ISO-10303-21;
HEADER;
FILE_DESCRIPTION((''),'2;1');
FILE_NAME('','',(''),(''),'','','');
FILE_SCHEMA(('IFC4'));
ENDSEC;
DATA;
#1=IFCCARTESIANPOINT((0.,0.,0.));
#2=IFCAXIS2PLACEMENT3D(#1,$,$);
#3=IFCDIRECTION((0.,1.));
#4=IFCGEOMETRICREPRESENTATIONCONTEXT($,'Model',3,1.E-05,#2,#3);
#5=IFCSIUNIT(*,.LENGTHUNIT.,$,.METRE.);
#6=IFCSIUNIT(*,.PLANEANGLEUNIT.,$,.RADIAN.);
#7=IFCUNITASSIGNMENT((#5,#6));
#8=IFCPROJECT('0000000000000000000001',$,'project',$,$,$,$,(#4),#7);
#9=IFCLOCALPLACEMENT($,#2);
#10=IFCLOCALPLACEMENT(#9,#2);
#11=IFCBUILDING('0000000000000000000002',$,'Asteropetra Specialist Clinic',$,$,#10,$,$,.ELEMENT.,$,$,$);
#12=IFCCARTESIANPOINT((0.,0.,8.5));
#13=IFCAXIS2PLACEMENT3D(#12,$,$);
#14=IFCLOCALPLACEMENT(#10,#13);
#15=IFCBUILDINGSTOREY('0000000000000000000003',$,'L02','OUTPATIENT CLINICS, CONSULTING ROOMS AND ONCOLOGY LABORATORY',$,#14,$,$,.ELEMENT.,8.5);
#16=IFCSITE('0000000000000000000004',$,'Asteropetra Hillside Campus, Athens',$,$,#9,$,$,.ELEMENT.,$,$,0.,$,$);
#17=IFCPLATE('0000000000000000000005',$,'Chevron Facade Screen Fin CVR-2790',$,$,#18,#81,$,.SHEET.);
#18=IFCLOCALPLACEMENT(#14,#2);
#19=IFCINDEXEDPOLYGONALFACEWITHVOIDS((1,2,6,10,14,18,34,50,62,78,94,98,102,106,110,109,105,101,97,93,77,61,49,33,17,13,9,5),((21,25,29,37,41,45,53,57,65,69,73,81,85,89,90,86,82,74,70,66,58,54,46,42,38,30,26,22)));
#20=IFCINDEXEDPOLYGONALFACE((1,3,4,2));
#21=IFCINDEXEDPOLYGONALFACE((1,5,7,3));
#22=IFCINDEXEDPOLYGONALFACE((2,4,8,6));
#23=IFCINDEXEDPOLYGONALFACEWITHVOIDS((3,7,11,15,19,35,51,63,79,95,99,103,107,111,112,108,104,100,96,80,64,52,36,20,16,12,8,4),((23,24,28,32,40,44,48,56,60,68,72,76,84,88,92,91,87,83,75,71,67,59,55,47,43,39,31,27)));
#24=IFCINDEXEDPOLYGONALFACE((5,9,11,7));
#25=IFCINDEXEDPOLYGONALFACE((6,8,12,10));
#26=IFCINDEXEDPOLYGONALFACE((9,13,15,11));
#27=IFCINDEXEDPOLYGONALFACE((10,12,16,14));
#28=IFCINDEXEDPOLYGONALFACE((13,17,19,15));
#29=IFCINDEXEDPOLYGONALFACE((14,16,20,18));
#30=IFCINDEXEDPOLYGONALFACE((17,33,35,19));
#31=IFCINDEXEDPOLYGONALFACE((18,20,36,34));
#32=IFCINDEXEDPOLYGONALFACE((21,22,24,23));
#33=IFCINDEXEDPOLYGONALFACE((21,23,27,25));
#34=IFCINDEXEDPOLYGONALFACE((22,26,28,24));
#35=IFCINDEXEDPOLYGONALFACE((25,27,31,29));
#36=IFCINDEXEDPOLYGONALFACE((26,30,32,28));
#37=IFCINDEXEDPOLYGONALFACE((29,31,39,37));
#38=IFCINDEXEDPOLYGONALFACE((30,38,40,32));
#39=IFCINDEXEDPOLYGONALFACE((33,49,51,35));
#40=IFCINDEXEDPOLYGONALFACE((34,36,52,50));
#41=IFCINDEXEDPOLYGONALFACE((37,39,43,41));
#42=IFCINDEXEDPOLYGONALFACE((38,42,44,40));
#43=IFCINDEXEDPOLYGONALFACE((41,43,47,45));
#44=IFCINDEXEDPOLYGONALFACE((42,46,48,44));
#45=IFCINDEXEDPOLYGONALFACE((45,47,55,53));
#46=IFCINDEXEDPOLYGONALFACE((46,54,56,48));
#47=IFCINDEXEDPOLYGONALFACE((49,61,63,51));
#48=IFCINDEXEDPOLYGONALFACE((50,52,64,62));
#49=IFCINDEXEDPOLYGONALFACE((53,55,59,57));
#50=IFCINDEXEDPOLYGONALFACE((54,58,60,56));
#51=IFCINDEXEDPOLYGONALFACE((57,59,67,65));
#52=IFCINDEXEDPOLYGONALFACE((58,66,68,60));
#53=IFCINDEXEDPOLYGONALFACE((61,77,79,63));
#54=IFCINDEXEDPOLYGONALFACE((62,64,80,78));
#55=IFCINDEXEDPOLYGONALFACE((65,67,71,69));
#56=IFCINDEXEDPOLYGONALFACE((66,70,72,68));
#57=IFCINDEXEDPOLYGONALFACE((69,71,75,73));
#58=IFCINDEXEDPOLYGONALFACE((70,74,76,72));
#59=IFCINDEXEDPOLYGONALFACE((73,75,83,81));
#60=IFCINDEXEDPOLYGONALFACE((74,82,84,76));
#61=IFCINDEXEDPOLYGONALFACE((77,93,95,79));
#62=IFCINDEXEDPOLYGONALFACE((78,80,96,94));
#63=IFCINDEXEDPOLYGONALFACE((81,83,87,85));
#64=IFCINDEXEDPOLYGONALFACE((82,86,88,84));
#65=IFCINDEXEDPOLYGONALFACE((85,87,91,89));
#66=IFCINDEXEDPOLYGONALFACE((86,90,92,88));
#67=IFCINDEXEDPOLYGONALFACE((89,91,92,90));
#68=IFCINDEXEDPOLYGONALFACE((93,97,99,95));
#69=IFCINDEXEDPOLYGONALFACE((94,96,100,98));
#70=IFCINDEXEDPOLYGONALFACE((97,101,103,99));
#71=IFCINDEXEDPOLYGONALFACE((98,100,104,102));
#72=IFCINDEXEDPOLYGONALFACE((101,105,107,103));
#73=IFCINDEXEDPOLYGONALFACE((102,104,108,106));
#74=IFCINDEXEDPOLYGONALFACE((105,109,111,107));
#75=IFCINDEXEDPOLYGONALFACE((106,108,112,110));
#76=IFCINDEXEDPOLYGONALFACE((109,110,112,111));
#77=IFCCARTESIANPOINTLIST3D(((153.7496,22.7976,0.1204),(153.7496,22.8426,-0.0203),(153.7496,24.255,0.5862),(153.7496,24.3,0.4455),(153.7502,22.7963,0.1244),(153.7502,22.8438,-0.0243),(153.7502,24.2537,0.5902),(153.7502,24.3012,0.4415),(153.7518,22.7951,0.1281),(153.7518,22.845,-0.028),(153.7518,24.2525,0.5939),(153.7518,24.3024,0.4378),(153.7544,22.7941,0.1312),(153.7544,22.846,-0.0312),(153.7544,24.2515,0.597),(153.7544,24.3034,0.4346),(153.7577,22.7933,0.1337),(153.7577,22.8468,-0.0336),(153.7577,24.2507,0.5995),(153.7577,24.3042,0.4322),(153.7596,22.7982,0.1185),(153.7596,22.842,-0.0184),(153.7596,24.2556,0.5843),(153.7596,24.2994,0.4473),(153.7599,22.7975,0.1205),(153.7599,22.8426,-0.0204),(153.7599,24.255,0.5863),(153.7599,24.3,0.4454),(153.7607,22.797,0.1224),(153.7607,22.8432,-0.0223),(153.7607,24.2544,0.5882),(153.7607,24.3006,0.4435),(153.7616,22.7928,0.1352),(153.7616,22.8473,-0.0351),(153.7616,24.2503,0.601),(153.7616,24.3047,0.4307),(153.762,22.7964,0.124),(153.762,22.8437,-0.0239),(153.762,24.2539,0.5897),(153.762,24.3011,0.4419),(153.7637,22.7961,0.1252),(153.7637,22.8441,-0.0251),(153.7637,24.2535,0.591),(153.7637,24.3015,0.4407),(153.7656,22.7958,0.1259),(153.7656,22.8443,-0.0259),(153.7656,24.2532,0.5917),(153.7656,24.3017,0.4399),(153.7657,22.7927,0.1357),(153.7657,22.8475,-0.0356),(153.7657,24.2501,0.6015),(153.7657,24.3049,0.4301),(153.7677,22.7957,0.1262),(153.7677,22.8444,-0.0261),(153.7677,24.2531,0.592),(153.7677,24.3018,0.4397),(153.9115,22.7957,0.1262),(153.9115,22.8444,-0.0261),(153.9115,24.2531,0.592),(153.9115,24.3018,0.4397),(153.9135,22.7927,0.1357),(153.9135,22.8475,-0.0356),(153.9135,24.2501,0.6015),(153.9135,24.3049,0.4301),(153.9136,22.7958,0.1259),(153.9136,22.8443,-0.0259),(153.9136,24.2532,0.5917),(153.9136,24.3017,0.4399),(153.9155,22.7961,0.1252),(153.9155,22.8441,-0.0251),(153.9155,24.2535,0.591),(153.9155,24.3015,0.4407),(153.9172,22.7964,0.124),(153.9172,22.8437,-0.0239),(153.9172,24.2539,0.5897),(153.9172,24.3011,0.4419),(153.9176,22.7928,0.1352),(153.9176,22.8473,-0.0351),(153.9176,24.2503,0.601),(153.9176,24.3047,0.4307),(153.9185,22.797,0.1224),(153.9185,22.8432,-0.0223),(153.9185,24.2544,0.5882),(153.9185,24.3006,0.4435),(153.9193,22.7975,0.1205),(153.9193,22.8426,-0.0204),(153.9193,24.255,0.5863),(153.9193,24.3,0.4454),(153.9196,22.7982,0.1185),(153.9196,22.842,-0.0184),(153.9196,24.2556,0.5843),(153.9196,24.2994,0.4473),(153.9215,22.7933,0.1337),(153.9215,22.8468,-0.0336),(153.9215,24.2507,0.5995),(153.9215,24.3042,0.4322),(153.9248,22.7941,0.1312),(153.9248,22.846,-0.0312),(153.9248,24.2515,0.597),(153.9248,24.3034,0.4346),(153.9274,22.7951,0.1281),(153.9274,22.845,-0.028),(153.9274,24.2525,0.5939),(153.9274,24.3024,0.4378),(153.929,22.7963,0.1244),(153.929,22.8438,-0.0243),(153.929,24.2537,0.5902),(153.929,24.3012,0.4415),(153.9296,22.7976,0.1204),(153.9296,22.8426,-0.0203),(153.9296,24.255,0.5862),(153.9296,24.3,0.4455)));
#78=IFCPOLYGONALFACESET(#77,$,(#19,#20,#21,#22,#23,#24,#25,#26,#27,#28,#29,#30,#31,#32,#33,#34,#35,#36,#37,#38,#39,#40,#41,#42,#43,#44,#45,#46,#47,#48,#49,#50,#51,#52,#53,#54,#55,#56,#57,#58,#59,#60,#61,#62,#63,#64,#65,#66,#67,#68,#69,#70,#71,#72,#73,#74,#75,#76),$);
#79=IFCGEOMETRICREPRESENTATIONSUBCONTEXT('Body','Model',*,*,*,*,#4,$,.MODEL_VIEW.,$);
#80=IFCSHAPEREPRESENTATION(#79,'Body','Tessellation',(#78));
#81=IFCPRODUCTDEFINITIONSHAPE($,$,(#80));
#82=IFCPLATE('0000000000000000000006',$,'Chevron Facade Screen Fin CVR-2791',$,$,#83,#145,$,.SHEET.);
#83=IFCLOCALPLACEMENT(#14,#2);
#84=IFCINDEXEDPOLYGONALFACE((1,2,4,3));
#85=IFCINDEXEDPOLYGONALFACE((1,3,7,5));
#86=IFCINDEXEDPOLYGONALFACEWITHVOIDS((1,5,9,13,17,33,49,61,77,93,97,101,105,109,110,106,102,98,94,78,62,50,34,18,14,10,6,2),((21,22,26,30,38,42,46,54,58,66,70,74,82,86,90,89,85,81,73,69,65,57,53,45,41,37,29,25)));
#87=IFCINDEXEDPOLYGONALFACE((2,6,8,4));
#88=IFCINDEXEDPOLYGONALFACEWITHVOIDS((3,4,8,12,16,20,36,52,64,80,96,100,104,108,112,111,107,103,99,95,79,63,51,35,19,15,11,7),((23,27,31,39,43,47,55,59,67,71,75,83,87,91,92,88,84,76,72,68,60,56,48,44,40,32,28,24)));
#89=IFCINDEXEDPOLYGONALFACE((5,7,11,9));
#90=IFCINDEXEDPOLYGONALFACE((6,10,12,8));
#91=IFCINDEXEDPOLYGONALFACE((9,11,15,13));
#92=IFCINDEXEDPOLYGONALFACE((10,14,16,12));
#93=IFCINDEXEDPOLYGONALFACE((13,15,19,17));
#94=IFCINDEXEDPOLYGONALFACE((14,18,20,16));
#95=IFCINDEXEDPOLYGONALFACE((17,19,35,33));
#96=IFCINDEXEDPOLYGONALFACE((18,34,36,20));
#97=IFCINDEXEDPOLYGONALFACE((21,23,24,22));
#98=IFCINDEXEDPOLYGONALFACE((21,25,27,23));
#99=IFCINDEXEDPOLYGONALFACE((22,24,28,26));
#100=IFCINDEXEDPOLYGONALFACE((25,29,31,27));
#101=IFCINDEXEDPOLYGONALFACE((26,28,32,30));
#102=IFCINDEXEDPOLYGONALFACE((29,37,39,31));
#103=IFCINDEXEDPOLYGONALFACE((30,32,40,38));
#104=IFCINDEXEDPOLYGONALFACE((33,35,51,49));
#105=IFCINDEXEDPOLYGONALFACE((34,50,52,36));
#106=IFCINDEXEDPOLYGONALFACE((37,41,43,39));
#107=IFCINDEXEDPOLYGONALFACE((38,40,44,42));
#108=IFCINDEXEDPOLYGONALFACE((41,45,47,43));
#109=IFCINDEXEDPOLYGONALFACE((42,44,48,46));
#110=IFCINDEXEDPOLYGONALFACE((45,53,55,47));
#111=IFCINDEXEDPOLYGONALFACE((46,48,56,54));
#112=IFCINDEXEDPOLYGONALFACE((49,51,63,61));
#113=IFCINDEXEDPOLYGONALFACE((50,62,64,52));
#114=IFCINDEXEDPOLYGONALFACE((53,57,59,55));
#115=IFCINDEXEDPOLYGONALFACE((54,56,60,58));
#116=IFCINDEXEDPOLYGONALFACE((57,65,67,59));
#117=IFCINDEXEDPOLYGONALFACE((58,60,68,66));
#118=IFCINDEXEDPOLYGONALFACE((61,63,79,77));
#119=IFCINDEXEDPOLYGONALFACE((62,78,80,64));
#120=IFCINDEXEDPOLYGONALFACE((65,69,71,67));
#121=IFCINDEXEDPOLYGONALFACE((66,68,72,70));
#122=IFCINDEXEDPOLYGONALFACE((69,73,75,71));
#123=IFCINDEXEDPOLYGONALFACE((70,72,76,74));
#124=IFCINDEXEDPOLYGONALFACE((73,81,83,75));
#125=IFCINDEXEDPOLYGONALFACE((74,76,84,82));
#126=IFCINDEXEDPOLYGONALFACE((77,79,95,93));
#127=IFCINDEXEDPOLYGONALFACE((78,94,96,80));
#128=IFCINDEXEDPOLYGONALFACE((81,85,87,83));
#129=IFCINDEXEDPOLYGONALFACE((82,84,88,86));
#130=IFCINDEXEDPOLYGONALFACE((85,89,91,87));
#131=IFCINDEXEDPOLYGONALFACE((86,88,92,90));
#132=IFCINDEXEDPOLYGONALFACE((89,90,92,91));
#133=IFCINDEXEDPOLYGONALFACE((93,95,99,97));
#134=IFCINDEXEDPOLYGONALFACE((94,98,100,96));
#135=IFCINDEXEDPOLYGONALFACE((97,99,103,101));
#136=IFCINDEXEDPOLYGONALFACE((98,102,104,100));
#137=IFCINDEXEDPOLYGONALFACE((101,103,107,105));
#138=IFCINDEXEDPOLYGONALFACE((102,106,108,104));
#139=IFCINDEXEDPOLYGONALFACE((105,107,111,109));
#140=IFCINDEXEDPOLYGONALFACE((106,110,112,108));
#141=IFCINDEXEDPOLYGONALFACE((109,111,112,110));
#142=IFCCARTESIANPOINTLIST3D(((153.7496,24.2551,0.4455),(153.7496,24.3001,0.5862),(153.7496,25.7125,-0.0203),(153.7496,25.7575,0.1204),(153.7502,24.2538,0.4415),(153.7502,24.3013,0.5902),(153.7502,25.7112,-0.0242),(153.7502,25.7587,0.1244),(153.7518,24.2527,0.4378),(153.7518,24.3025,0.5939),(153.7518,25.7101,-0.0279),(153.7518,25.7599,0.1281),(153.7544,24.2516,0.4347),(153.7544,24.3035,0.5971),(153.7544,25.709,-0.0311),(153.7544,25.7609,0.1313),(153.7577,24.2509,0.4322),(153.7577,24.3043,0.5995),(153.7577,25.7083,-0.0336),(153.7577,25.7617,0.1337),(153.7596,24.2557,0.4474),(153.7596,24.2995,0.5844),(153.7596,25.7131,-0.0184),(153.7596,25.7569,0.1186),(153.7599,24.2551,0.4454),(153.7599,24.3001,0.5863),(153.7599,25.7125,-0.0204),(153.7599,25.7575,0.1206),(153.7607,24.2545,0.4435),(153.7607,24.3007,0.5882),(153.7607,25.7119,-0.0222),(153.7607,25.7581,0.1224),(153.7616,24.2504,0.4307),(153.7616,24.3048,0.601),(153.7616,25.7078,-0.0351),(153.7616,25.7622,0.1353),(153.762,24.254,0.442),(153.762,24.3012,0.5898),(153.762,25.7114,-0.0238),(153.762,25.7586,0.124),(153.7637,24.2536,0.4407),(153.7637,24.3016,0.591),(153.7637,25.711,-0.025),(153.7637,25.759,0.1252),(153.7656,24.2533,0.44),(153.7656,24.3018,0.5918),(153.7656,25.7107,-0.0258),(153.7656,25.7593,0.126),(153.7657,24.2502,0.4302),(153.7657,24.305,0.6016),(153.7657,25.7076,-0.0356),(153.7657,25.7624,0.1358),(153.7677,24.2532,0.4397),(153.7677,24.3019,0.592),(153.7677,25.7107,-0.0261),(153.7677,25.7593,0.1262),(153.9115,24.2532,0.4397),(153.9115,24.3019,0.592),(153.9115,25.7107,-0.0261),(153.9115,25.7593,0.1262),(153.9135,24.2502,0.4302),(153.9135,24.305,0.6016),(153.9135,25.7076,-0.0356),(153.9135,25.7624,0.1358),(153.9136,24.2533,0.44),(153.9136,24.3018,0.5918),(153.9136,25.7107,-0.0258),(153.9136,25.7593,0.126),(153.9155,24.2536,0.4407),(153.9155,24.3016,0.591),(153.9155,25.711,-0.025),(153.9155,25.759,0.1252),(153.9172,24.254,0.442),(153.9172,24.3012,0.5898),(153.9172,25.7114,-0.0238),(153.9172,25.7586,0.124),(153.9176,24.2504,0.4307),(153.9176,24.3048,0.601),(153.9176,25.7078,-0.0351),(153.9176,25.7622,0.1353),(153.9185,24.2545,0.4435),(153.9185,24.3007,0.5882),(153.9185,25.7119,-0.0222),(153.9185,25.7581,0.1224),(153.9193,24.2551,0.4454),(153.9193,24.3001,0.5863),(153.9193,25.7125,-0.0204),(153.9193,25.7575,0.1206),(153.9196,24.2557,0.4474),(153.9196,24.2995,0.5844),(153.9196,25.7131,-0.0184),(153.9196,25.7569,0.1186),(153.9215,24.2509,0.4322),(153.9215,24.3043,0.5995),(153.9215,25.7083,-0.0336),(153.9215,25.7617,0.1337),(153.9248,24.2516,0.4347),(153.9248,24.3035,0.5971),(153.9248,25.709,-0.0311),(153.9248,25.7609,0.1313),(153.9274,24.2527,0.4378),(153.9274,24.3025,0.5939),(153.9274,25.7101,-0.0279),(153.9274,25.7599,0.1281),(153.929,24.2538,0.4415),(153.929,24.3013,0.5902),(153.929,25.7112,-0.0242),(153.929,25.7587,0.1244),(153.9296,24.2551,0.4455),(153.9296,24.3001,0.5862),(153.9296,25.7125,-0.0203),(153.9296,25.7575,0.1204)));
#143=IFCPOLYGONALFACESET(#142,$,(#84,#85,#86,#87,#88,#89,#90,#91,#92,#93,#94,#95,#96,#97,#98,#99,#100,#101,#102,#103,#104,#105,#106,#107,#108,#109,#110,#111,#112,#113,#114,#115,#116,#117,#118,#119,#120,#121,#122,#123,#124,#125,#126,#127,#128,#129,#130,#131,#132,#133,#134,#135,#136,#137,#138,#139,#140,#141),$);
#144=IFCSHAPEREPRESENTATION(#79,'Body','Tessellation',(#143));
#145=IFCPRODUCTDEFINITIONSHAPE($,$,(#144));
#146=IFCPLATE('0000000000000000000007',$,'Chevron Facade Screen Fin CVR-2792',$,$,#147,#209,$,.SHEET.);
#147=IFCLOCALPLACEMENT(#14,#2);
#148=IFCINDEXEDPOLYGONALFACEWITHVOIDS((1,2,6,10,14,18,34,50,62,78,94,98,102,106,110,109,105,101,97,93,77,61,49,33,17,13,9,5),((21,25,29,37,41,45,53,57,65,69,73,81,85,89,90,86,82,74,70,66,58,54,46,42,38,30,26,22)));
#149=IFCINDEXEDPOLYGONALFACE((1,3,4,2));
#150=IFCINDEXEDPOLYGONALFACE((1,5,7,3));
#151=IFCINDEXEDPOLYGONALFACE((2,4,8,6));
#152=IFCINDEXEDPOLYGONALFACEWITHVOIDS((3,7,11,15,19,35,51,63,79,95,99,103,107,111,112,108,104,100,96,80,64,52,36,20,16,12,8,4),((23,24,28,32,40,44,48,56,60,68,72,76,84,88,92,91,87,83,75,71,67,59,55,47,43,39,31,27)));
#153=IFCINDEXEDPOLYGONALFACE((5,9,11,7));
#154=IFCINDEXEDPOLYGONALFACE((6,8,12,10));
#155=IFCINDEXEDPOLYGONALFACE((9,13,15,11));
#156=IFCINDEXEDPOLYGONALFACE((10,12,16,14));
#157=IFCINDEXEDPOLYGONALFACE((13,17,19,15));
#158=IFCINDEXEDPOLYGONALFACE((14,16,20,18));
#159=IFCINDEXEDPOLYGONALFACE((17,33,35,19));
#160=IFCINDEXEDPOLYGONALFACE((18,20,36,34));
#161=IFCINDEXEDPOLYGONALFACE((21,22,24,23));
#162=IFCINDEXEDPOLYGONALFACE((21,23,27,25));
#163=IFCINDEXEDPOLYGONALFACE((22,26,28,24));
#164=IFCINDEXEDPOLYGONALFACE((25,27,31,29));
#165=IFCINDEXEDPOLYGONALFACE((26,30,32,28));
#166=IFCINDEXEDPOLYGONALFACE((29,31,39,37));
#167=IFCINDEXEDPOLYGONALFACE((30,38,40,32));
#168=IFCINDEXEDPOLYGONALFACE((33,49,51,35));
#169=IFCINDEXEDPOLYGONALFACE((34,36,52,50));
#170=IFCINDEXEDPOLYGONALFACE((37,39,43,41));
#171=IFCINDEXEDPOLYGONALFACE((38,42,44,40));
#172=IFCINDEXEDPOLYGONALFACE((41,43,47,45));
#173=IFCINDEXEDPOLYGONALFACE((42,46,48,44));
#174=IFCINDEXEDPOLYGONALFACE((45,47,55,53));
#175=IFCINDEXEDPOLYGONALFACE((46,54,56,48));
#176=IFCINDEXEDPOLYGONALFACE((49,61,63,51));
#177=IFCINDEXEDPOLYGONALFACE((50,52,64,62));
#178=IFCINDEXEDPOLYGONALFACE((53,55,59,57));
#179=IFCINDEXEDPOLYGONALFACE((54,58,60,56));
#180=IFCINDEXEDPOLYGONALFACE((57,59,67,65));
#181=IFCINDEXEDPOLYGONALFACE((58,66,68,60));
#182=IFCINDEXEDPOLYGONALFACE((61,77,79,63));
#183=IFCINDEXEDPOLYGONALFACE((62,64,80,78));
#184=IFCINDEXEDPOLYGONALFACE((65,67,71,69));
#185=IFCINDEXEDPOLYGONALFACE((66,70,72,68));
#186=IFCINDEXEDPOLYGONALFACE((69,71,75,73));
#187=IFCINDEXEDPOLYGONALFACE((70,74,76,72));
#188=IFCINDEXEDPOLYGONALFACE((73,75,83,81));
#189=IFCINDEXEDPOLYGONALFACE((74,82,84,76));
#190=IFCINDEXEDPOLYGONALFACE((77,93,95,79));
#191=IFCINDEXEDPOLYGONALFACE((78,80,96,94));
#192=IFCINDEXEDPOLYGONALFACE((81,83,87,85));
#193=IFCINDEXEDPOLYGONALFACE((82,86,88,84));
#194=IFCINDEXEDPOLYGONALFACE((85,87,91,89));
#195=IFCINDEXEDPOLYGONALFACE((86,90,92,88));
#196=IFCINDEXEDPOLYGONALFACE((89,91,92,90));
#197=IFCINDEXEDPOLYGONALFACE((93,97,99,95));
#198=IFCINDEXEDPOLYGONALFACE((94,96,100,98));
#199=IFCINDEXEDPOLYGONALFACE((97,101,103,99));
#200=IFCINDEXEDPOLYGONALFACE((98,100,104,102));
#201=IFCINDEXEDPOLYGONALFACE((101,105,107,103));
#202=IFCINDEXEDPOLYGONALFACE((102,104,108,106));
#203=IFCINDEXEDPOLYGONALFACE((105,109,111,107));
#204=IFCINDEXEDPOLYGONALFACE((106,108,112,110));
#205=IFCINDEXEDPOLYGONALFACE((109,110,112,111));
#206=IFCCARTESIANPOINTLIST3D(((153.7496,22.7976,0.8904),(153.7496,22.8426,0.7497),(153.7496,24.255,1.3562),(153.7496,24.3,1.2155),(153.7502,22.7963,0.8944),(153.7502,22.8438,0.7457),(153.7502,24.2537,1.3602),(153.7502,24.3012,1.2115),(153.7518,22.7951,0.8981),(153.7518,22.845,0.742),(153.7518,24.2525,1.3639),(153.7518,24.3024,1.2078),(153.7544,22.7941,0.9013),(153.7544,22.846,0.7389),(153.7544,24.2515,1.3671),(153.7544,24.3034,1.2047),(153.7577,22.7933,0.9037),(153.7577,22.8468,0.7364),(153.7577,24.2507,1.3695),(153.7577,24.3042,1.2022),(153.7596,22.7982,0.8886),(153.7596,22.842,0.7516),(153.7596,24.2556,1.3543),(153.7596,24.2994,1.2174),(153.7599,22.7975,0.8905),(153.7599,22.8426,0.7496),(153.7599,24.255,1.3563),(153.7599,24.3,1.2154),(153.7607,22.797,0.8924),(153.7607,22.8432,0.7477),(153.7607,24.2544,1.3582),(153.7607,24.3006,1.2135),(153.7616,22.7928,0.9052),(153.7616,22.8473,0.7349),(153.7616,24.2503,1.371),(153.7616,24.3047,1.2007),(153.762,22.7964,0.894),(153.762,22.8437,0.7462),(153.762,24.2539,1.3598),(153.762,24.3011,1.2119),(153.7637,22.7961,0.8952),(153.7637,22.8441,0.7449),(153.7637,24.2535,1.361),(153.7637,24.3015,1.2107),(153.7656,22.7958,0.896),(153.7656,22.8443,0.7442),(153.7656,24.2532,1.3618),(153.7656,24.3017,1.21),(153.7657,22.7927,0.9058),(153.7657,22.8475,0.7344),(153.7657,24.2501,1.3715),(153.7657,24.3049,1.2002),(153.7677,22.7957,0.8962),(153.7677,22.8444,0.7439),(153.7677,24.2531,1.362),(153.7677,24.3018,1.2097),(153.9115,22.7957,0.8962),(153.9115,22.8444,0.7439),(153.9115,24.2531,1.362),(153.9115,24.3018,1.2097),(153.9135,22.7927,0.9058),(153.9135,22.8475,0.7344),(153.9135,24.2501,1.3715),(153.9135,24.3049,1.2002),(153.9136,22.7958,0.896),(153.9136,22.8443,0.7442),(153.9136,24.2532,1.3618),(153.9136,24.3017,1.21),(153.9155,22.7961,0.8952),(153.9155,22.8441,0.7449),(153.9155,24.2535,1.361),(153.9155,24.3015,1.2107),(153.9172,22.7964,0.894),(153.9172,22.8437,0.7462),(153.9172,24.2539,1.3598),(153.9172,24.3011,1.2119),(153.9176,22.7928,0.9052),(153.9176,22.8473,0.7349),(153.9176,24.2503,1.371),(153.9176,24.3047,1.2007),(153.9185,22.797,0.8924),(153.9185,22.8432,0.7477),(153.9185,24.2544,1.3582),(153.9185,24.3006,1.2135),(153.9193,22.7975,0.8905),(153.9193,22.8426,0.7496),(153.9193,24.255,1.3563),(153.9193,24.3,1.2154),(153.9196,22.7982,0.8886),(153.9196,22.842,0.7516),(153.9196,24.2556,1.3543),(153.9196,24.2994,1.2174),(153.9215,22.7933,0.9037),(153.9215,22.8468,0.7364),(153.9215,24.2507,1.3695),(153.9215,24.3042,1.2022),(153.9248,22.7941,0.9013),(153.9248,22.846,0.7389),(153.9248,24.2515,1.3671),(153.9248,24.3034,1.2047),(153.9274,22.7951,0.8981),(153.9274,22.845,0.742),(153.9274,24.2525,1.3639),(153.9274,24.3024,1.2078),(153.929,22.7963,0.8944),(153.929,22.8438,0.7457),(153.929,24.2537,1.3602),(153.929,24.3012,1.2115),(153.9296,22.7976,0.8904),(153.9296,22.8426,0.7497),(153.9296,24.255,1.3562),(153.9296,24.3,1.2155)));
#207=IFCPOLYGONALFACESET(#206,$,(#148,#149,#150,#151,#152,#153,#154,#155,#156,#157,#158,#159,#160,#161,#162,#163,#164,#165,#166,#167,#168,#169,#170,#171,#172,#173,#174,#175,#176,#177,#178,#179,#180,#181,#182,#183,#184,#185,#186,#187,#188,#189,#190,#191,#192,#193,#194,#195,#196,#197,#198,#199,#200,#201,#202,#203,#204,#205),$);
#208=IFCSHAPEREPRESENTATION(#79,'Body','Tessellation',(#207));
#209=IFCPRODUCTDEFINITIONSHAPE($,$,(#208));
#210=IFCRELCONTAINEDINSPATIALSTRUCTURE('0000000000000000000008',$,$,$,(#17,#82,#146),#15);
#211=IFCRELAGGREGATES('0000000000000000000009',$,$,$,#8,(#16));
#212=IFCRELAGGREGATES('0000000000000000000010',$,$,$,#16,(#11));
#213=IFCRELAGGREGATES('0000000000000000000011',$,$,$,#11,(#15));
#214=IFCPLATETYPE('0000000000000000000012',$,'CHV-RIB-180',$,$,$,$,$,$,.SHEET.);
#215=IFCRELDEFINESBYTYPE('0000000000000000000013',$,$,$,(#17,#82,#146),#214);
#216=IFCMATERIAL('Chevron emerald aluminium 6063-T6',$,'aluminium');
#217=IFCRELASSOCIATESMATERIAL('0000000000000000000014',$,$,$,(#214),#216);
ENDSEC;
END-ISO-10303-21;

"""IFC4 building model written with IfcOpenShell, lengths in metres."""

from ifc_helpers import new_model, si_unit, direction, frame, origin, origin_2d, place, context, subcontext, project, spatial, hollow_rectangle, extrude, material, material_profile, profile_set, type_object, element, save


model = new_model("IFC4")

# Units and contexts
model_context = context("Model", 3, precision=1e-05, world=origin(), true_north=direction((0.0, 1.0)))
body_context = subcontext(model_context, "Body", "Model", "MODEL_VIEW")
ifc_project = project(units=[si_unit("LENGTHUNIT", "METRE"), si_unit("PLANEANGLEUNIT", "RADIAN")], contexts=[model_context])

# Site, building, storey
site_placement = place(None, origin())
site = spatial("IfcSite", under=ifc_project, at=site_placement, Name="Asteropetra Hillside Campus, Athens", CompositionType="ELEMENT", RefElevation=0.0)
building_placement = place(site_placement, origin())
building = spatial("IfcBuilding", under=site, at=building_placement, Name="Asteropetra Specialist Clinic", CompositionType="ELEMENT")
storey_placement = place(building_placement, frame((0.0, 0.0, 8.5)))
storey = spatial("IfcBuildingStorey", under=building, at=storey_placement, Name="L02", Description="OUTPATIENT CLINICS, CONSULTING ROOMS AND ONCOLOGY LABORATORY", CompositionType="ELEMENT", Elevation=8.5)

# Plates
ifc_material_1 = material(Name="Chevron emerald aluminium 6063-T6", Category="aluminium")
ifc_material_profile_1 = material_profile(ifc_material_1, hollow_rectangle(XDim=0.1799, YDim=0.1799, WallThickness=0.01, InnerFilletRadius=0.0081, OuterFilletRadius=0.0161, at=origin_2d()), Name="SHS 180x180x10.0")
ifc_profile_set_1 = profile_set([ifc_material_profile_1], Name="Chevron emerald aluminium 6063-T6")
plate_type = type_object("IfcPlateType", Name="CHV-RIB-180", PredefinedType="SHEET", material=ifc_profile_set_1)
for number, where, z_axis, x_axis, name in (
    (1, (153.8396, 22.8201, 0.05), (0.0, 0.952535, 0.304428), (-1.0, 0.0, 0.0), "Chevron Facade Screen Fin CVR-2790"),
    (2, (153.8396, 24.2776, 0.5159), (0.0, 0.952535, -0.304428), (-1.0, 0.0, 0.0), "Chevron Facade Screen Fin CVR-2791"),
    (3, (153.8396, 22.8201, 0.8201), (0.0, 0.952535, 0.304428), (-1.0, 0.0, 0.0), "Chevron Facade Screen Fin CVR-2792"),
):
    element("IfcPlate", number, at=place(storey_placement, frame(where, z_axis=z_axis, x_axis=x_axis)), inside=storey, type_object=plate_type, Name=name, PredefinedType="SHEET", context=body_context, shape_type="SweptSolid", body=[
        extrude(hollow_rectangle(XDim=0.1799, YDim=0.1799, WallThickness=0.01, InnerFilletRadius=0.0081, OuterFilletRadius=0.0161, at=origin_2d()), origin(), (0.0, 0.0, 1.0), 1.53),
    ])

save(model, "model.ifc")
